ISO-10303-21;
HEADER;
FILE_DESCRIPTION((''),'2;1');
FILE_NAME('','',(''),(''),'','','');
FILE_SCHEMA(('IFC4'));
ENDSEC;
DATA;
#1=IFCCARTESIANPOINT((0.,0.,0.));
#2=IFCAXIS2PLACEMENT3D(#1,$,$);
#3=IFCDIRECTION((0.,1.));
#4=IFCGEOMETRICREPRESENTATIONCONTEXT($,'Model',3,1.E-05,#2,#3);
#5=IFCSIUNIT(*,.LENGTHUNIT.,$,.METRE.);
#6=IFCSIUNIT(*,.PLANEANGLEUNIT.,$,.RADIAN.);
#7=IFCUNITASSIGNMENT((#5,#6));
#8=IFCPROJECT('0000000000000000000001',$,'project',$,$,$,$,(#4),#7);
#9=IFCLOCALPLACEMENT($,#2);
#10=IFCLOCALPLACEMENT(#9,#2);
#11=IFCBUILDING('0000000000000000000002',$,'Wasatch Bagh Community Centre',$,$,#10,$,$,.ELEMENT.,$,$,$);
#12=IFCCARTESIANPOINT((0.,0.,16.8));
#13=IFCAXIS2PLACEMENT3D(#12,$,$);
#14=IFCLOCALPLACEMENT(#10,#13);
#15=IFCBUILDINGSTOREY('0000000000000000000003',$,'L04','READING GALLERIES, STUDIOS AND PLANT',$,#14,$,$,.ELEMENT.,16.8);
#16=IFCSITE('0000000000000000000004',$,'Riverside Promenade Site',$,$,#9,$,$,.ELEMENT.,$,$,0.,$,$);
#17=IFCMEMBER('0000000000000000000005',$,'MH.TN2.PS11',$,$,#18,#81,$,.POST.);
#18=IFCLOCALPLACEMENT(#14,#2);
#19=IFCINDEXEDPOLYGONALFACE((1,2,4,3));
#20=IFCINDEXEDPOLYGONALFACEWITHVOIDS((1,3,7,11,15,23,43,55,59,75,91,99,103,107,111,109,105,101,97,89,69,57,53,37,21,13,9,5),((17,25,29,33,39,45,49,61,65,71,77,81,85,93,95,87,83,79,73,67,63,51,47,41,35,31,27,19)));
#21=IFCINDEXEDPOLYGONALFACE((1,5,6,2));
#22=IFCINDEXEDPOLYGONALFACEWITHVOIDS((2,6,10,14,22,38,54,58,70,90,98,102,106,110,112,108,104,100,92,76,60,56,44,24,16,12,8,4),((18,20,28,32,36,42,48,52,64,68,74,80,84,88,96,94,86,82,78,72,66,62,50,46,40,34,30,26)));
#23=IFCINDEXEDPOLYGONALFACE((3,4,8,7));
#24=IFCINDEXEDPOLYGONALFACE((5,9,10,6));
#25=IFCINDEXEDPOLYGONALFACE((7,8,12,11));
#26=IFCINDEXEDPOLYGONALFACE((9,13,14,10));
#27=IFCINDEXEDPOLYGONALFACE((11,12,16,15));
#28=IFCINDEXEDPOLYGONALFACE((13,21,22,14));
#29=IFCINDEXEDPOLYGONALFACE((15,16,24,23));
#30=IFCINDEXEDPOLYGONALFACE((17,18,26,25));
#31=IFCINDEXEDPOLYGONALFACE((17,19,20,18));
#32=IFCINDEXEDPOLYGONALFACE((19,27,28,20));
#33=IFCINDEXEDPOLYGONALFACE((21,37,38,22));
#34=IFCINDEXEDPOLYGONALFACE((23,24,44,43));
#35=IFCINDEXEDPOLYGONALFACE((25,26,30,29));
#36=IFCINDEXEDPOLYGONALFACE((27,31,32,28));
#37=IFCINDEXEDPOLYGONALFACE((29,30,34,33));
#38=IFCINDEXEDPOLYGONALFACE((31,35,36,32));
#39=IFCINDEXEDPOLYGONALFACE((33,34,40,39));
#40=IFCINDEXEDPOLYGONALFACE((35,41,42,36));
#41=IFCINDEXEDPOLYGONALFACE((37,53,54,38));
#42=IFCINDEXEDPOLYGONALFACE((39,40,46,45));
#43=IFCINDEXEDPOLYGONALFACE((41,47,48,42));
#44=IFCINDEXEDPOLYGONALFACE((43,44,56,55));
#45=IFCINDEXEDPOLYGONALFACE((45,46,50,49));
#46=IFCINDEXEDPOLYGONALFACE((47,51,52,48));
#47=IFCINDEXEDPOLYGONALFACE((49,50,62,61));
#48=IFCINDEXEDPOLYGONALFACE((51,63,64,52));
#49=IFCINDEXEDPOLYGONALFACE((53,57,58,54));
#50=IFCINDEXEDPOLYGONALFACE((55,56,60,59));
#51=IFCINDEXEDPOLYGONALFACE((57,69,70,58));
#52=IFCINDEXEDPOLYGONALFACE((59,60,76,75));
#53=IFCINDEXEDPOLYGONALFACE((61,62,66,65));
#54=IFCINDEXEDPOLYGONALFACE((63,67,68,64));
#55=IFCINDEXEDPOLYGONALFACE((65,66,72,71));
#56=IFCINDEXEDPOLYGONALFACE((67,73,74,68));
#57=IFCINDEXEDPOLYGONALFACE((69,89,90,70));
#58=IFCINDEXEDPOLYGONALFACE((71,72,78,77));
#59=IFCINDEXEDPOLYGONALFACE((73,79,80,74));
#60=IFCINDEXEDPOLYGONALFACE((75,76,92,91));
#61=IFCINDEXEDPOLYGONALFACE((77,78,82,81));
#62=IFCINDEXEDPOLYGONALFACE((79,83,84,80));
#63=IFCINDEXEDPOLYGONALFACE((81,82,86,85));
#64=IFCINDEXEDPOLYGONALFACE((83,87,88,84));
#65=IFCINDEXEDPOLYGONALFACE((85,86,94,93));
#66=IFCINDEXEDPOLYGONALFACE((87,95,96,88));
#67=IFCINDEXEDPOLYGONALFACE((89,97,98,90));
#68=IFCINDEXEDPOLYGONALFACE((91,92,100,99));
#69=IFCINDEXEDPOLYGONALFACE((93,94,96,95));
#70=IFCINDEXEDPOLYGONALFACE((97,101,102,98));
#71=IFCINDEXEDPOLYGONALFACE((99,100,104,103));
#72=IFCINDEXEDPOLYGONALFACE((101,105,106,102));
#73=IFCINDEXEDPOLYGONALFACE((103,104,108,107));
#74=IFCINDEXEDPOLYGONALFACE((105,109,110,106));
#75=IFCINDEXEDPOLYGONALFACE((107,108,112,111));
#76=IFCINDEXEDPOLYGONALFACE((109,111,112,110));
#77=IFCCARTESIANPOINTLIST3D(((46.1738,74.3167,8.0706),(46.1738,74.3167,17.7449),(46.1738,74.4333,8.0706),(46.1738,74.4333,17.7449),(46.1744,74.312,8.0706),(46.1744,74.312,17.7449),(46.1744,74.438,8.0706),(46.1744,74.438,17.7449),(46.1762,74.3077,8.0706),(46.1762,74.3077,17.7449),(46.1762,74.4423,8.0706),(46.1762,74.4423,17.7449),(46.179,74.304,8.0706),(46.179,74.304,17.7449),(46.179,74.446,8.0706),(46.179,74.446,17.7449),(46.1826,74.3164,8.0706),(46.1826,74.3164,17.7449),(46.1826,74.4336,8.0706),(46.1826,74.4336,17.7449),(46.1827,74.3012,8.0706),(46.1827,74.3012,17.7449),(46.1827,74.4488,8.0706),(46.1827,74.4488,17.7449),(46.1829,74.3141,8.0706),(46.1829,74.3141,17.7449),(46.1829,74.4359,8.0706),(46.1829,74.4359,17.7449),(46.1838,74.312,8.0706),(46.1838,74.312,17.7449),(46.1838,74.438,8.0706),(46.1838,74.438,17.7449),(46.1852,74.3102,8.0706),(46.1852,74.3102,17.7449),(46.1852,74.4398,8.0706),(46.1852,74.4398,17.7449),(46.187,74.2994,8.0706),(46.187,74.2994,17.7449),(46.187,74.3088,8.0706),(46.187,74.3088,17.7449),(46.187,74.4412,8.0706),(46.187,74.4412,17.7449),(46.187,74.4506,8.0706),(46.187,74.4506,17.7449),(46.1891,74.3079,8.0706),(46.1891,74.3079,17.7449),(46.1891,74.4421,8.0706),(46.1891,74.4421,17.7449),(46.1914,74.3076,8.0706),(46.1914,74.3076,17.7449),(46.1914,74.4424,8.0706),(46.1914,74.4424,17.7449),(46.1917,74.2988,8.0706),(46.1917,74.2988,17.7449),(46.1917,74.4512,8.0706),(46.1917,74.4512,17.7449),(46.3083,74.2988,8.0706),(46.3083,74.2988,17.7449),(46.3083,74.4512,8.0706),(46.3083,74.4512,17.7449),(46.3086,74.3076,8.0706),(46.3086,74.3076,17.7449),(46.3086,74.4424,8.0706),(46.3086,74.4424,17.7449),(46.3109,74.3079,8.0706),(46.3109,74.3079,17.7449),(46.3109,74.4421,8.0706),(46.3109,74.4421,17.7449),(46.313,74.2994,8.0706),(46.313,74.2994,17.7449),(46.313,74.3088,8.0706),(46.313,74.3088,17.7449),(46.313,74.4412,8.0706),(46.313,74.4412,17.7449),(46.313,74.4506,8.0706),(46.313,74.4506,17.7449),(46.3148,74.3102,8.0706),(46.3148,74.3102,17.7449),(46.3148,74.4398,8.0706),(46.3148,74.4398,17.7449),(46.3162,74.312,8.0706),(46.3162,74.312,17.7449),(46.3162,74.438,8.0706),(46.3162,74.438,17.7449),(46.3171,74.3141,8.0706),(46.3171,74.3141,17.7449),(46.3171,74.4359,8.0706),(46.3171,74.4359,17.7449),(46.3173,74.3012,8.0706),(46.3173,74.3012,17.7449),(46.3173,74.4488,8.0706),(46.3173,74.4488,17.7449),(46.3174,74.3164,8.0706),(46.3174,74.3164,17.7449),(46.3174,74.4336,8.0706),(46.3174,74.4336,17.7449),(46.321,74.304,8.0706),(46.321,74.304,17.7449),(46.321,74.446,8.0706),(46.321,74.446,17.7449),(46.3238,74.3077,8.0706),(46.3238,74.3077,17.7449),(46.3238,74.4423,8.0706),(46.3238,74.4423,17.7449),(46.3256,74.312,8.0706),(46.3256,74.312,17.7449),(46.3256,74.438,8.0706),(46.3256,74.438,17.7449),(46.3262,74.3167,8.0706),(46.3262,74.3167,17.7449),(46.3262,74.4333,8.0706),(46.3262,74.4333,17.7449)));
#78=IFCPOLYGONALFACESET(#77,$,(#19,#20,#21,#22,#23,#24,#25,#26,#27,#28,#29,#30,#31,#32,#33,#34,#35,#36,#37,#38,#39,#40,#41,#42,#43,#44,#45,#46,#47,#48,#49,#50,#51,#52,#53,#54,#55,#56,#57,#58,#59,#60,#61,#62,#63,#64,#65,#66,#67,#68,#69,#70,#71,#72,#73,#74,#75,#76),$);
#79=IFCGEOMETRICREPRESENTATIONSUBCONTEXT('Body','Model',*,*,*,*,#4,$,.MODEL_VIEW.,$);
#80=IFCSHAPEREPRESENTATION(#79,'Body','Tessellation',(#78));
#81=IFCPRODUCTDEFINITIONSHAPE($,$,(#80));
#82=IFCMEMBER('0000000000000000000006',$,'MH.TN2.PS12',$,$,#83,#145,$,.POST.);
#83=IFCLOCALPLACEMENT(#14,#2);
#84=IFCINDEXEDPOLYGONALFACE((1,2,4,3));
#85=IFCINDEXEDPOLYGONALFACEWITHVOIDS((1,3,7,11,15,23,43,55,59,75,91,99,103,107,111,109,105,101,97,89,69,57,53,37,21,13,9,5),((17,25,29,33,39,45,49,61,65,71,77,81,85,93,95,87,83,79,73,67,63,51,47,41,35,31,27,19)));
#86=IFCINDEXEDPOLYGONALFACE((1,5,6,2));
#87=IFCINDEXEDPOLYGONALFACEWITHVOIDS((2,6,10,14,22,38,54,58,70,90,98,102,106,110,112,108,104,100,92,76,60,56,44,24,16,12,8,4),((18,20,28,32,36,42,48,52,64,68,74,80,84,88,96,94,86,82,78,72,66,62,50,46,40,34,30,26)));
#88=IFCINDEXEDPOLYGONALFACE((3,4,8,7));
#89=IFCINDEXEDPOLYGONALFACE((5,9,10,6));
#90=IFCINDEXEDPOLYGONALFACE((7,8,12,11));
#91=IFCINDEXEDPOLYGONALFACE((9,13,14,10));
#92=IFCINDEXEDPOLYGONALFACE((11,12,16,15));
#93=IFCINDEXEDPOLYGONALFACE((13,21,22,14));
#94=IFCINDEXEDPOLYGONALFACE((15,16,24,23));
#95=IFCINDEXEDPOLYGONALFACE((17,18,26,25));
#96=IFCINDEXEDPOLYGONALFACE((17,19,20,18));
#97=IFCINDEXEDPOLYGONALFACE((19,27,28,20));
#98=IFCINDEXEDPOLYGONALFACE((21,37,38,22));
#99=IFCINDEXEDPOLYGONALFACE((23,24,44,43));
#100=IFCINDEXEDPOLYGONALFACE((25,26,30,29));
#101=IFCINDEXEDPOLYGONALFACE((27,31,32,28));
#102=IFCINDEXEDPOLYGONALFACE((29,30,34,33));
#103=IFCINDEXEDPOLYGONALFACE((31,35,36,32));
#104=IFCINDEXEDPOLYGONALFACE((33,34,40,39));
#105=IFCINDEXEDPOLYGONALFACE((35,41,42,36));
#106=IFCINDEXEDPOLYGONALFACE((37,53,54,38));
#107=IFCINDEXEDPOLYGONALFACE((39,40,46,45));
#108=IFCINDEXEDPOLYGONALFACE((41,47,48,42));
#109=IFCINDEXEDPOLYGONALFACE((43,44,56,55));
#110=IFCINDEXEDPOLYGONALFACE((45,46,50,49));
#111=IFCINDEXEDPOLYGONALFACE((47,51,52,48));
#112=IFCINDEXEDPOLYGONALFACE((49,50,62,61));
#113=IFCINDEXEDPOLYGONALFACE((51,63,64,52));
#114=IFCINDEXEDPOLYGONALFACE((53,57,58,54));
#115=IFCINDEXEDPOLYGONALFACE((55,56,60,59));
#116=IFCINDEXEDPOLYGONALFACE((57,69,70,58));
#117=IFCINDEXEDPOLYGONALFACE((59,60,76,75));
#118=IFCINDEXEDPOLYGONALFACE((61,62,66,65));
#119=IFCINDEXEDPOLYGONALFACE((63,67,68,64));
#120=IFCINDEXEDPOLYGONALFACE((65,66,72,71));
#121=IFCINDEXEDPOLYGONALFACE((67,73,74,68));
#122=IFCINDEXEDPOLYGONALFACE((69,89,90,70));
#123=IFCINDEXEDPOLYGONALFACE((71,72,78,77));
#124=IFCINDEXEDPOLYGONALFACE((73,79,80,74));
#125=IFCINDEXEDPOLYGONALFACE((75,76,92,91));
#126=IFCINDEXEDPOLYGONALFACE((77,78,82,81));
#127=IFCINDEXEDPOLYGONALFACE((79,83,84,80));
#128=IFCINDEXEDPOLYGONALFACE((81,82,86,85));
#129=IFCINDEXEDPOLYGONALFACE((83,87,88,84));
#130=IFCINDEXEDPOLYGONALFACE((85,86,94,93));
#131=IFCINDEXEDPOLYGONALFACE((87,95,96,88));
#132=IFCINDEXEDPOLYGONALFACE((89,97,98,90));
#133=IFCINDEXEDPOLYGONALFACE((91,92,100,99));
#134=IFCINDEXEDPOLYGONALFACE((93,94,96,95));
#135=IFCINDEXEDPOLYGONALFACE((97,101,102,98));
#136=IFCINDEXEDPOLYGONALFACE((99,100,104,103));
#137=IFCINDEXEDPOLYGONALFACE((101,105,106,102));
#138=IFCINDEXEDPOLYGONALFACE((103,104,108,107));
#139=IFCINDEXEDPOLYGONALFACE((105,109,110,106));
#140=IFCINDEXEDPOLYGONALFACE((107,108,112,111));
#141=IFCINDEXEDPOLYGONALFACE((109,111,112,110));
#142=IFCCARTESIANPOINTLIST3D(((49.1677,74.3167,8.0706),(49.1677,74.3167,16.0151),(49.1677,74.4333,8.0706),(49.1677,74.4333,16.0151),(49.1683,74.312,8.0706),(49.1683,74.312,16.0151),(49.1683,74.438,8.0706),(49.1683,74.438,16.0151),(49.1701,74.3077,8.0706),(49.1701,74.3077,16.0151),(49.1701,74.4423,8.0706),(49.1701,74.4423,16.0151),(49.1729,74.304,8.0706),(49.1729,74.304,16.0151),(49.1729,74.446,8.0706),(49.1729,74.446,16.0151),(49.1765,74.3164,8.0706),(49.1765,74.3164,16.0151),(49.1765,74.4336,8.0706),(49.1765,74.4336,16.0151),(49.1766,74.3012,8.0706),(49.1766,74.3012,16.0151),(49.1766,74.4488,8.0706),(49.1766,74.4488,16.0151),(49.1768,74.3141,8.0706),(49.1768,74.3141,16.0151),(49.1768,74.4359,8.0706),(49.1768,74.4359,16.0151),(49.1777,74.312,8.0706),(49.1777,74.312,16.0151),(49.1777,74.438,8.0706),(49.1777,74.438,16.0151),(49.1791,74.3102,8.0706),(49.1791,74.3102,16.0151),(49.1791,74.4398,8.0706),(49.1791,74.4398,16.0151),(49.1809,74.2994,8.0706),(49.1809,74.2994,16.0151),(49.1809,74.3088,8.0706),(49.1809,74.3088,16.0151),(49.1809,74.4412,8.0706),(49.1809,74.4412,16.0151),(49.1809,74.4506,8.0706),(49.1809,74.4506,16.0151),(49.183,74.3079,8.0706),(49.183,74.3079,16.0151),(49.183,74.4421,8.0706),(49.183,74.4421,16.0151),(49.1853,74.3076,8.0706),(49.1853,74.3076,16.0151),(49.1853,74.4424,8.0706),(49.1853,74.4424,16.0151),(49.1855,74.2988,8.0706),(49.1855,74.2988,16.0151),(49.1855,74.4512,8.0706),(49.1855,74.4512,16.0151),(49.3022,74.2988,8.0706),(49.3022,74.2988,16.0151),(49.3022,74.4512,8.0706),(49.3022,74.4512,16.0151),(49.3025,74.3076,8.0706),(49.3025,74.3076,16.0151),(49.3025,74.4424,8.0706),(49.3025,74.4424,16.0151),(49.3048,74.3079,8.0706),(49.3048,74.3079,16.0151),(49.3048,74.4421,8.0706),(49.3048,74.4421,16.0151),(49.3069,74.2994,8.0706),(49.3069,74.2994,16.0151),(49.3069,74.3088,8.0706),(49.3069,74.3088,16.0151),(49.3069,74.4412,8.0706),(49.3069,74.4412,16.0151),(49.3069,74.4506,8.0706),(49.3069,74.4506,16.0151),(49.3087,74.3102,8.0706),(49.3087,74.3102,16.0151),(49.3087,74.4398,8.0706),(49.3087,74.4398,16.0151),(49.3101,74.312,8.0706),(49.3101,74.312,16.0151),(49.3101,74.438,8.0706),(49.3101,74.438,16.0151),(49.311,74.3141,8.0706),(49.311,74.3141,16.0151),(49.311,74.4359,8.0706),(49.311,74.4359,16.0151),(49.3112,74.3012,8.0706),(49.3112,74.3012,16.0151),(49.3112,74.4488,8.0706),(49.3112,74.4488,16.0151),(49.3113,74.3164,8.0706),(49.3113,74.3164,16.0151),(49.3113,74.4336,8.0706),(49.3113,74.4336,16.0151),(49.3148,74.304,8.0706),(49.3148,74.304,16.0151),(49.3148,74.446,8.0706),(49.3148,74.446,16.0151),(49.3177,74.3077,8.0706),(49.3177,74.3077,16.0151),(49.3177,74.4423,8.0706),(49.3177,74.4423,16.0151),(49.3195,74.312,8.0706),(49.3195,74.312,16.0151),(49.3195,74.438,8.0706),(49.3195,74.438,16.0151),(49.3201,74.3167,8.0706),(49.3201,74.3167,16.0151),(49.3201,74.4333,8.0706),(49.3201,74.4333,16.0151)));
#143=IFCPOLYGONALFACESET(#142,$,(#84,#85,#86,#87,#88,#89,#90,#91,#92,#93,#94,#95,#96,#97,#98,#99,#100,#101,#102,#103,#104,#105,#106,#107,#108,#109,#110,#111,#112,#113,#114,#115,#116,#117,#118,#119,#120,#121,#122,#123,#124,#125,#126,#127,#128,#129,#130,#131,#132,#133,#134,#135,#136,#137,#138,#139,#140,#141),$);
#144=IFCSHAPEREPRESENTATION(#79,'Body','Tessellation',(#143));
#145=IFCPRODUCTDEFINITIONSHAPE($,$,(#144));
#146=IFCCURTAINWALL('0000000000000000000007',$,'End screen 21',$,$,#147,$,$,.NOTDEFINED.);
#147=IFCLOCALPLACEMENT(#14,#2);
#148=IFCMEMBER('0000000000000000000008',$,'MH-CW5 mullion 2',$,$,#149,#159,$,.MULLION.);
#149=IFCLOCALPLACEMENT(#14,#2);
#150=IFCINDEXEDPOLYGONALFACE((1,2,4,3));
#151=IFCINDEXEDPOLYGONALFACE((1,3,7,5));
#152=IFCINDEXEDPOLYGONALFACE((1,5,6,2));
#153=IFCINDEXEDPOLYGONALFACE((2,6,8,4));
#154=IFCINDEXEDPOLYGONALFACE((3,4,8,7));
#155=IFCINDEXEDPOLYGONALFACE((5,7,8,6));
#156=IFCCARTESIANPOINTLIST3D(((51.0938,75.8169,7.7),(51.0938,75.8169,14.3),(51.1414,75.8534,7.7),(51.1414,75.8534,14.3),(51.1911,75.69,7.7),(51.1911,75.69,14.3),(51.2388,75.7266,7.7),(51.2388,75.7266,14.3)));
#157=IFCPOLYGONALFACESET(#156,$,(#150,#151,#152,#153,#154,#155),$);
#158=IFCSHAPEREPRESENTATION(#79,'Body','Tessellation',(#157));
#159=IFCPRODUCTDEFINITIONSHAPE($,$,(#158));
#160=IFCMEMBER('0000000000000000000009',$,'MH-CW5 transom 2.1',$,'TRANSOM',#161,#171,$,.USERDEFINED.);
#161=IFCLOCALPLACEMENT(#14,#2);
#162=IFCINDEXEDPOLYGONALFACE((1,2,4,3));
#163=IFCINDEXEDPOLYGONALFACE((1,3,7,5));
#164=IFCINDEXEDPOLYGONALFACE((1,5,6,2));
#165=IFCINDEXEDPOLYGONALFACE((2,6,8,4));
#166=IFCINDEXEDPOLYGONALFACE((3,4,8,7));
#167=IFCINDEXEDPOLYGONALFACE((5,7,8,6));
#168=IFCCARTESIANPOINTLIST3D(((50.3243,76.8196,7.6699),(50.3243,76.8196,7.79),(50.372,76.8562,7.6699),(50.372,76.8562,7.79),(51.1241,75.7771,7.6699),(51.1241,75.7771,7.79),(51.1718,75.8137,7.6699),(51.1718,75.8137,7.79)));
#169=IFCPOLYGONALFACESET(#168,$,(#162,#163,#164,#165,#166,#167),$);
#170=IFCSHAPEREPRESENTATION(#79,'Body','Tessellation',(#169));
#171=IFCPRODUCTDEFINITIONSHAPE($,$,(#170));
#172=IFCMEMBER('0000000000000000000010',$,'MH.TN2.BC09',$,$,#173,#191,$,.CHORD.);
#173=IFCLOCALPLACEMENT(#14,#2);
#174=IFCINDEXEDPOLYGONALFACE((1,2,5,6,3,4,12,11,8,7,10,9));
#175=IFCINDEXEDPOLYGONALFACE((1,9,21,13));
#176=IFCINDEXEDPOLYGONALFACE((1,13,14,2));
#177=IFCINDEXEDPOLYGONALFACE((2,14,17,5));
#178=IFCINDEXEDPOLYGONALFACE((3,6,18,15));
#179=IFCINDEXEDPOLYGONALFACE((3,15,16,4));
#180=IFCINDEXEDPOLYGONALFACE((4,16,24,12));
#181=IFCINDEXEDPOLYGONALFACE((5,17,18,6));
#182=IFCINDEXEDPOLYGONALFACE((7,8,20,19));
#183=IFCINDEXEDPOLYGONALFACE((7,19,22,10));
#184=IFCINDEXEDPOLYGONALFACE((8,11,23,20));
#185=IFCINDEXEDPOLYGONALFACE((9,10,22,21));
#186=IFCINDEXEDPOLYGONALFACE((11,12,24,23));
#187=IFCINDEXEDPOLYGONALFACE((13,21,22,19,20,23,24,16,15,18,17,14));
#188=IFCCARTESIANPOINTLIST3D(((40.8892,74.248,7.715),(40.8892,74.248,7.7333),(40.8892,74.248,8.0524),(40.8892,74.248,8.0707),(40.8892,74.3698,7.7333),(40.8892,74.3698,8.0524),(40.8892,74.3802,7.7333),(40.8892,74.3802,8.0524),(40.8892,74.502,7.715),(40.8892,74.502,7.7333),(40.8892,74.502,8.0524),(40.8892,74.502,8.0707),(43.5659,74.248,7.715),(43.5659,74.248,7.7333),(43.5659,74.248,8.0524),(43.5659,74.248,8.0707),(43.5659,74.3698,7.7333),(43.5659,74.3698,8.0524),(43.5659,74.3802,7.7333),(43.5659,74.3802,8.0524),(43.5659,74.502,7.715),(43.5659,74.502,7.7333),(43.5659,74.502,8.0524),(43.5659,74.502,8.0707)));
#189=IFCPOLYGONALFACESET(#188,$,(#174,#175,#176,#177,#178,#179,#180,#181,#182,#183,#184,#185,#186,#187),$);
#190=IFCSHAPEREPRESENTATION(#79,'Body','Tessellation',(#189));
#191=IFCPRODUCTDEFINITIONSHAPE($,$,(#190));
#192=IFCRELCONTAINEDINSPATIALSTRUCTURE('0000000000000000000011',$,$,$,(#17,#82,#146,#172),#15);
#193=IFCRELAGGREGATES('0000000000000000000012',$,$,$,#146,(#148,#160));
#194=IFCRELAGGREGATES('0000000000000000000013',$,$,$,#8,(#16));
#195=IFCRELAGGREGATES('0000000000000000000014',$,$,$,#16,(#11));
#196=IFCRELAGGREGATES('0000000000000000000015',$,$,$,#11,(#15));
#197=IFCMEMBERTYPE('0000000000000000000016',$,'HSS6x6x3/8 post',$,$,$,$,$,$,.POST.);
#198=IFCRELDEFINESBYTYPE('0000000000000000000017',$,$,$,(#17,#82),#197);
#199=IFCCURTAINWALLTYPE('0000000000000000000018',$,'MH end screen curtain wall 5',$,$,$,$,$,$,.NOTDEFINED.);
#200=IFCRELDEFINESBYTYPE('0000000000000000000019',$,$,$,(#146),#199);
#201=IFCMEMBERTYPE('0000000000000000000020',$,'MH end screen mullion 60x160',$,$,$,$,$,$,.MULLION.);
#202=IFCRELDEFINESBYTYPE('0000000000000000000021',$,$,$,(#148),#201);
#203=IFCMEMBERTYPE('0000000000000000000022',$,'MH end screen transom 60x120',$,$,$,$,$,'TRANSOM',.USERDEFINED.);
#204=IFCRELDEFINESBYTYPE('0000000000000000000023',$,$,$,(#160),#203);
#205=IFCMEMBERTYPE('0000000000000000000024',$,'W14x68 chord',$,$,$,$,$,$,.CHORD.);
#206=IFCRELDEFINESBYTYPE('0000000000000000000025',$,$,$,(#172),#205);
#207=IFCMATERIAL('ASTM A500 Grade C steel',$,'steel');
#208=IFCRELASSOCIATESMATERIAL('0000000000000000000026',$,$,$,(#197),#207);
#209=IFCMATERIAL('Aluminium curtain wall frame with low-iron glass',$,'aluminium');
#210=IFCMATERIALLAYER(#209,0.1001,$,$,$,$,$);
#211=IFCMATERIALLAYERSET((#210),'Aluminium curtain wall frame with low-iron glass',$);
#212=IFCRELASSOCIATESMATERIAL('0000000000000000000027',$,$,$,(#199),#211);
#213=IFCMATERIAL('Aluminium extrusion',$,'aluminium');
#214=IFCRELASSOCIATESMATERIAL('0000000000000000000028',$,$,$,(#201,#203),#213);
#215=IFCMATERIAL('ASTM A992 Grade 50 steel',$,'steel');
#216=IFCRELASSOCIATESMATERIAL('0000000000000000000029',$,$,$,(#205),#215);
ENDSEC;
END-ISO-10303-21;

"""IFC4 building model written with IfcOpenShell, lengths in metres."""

from ifc_helpers import new_model, si_unit, direction, frame, origin, origin_2d, place, context, subcontext, project, spatial, rectangle, hollow_rectangle, i_section, extrude, material, layer, layer_set, material_profile, profile_set, type_object, element, aggregate, save


model = new_model("IFC4")

# Units and contexts
model_context = context("Model", 3, precision=1e-05, world=origin(), true_north=direction((0.0, 1.0)))
body_context = subcontext(model_context, "Body", "Model", "MODEL_VIEW")
ifc_project = project(units=[si_unit("LENGTHUNIT", "METRE"), si_unit("PLANEANGLEUNIT", "RADIAN")], contexts=[model_context])

# Site, building, storey
site_placement = place(None, origin())
site = spatial("IfcSite", under=ifc_project, at=site_placement, Name="Riverside Promenade Site", CompositionType="ELEMENT", RefElevation=0.0)
building_placement = place(site_placement, origin())
building = spatial("IfcBuilding", under=site, at=building_placement, Name="Wasatch Bagh Community Centre", CompositionType="ELEMENT")
storey_placement = place(building_placement, frame((0.0, 0.0, 16.8)))
storey = spatial("IfcBuildingStorey", under=building, at=storey_placement, Name="L04", Description="READING GALLERIES, STUDIOS AND PLANT", CompositionType="ELEMENT", Elevation=16.8)

# Members
ifc_material_1 = material(Name="ASTM A500 Grade C steel", Category="steel")
ifc_material_profile_1 = material_profile(ifc_material_1, hollow_rectangle(XDim=0.1523, YDim=0.1523, WallThickness=0.0088, InnerFilletRadius=0.0088, OuterFilletRadius=0.0178, at=origin_2d()), Name="HSS6x6x3/8")
ifc_profile_set_1 = profile_set([ifc_material_profile_1], Name="ASTM A500 Grade C steel")
member_type_1 = type_object("IfcMemberType", Name="HSS6x6x3/8 post", PredefinedType="POST", material=ifc_profile_set_1)
member_1_placement = place(storey_placement, frame((46.25, 74.375, 8.0706), z_axis=(0.0, 0.0, 1.0), x_axis=(1.0, 0.0, 0.0)))
element("IfcMember", 1, at=member_1_placement, inside=storey, type_object=member_type_1, Name="MH.TN2.PS11", PredefinedType="POST", context=body_context, shape_type="SweptSolid", body=[
    extrude(hollow_rectangle(XDim=0.1523, YDim=0.1523, WallThickness=0.0088, InnerFilletRadius=0.0088, OuterFilletRadius=0.0178, at=origin_2d()), origin(), (0.0, 0.0, 1.0), 9.6743),
])
member_2_placement = place(storey_placement, frame((49.2439, 74.375, 8.0706), z_axis=(0.0, 0.0, 1.0), x_axis=(1.0, 0.0, 0.0)))
element("IfcMember", 2, at=member_2_placement, inside=storey, type_object=member_type_1, Name="MH.TN2.PS12", PredefinedType="POST", context=body_context, shape_type="SweptSolid", body=[
    extrude(hollow_rectangle(XDim=0.1523, YDim=0.1523, WallThickness=0.0088, InnerFilletRadius=0.0088, OuterFilletRadius=0.0178, at=origin_2d()), origin(), (0.0, 0.0, 1.0), 7.9446),
])

# Curtain wall, members
ifc_material_2 = material(Name="Aluminium curtain wall frame with low-iron glass", Category="aluminium")
ifc_layer_1 = layer(ifc_material_2, 0.1001)
ifc_layer_set_1 = layer_set([ifc_layer_1], Name="Aluminium curtain wall frame with low-iron glass")
curtain_wall_type = type_object("IfcCurtainWallType", Name="MH end screen curtain wall 5", PredefinedType="NOTDEFINED", material=ifc_layer_set_1)
curtain_wall_placement = place(storey_placement, origin())
curtain_wall = element("IfcCurtainWall", 3, at=curtain_wall_placement, inside=storey, type_object=curtain_wall_type, Name="End screen 21", PredefinedType="NOTDEFINED")
ifc_material_3 = material(Name="Aluminium extrusion", Category="aluminium")
ifc_material_profile_2 = material_profile(ifc_material_3, rectangle(XDim=0.0601, YDim=0.1599, at=origin_2d()), Name="AL 60x160")
ifc_profile_set_2 = profile_set([ifc_material_profile_2], Name="Aluminium extrusion")
member_type_2 = type_object("IfcMemberType", Name="MH end screen mullion 60x160", PredefinedType="MULLION", material=ifc_profile_set_2)
member_3_placement = place(storey_placement, frame((51.1663, 75.7717, 7.7), z_axis=(0.0, 0.0, 1.0), x_axis=(-0.793353, -0.608761, 0.0)))
member_3 = element("IfcMember", 4, at=member_3_placement, type_object=member_type_2, Name="MH-CW5 mullion 2", PredefinedType="MULLION", context=body_context, shape_type="SweptSolid", body=[
    extrude(rectangle(XDim=0.0601, YDim=0.1599, at=origin_2d()), origin(), (0.0, 0.0, 1.0), 6.6001),
])
ifc_material_profile_3 = material_profile(ifc_material_3, rectangle(XDim=0.0601, YDim=0.1201, at=origin_2d()), Name="AL 60x120")
ifc_profile_set_3 = profile_set([ifc_material_profile_3], Name="Aluminium extrusion")
member_type_3 = type_object("IfcMemberType", Name="MH end screen transom 60x120", ElementType="TRANSOM", PredefinedType="USERDEFINED", material=ifc_profile_set_3)
member_4_placement = place(storey_placement, frame((51.1479, 75.7954, 7.73), z_axis=(-0.608705, 0.793397, 0.0), x_axis=(-0.793397, -0.608705, 0.0)))
member_4 = element("IfcMember", 5, at=member_4_placement, type_object=member_type_3, Name="MH-CW5 transom 2.1", ObjectType="TRANSOM", PredefinedType="USERDEFINED", context=body_context, shape_type="SweptSolid", body=[
    extrude(rectangle(XDim=0.0601, YDim=0.1201, at=origin_2d()), origin(), (0.0, 0.0, 1.0), 1.314),
])

# Member
ifc_material_4 = material(Name="ASTM A992 Grade 50 steel", Category="steel")
ifc_material_profile_4 = material_profile(ifc_material_4, i_section(OverallWidth=0.2539, OverallDepth=0.3557, WebThickness=0.0105, FlangeThickness=0.0183, at=origin_2d()), Name="W14x68")
ifc_profile_set_4 = profile_set([ifc_material_profile_4], Name="ASTM A992 Grade 50 steel")
member_type_4 = type_object("IfcMemberType", Name="W14x68 chord", PredefinedType="CHORD", material=ifc_profile_set_4)
member_5_placement = place(storey_placement, frame((40.8892, 74.375, 7.8928), z_axis=(1.0, 0.0, 0.0), x_axis=(0.0, 1.0, 0.0)))
element("IfcMember", 6, at=member_5_placement, inside=storey, type_object=member_type_4, Name="MH.TN2.BC09", PredefinedType="CHORD", context=body_context, shape_type="SweptSolid", body=[
    extrude(i_section(OverallWidth=0.2539, OverallDepth=0.3557, WebThickness=0.0105, FlangeThickness=0.0183, at=origin_2d()), origin(), (0.0, 0.0, 1.0), 2.6768),
])

aggregate(curtain_wall, [member_3, member_4])

save(model, "model.ifc")
